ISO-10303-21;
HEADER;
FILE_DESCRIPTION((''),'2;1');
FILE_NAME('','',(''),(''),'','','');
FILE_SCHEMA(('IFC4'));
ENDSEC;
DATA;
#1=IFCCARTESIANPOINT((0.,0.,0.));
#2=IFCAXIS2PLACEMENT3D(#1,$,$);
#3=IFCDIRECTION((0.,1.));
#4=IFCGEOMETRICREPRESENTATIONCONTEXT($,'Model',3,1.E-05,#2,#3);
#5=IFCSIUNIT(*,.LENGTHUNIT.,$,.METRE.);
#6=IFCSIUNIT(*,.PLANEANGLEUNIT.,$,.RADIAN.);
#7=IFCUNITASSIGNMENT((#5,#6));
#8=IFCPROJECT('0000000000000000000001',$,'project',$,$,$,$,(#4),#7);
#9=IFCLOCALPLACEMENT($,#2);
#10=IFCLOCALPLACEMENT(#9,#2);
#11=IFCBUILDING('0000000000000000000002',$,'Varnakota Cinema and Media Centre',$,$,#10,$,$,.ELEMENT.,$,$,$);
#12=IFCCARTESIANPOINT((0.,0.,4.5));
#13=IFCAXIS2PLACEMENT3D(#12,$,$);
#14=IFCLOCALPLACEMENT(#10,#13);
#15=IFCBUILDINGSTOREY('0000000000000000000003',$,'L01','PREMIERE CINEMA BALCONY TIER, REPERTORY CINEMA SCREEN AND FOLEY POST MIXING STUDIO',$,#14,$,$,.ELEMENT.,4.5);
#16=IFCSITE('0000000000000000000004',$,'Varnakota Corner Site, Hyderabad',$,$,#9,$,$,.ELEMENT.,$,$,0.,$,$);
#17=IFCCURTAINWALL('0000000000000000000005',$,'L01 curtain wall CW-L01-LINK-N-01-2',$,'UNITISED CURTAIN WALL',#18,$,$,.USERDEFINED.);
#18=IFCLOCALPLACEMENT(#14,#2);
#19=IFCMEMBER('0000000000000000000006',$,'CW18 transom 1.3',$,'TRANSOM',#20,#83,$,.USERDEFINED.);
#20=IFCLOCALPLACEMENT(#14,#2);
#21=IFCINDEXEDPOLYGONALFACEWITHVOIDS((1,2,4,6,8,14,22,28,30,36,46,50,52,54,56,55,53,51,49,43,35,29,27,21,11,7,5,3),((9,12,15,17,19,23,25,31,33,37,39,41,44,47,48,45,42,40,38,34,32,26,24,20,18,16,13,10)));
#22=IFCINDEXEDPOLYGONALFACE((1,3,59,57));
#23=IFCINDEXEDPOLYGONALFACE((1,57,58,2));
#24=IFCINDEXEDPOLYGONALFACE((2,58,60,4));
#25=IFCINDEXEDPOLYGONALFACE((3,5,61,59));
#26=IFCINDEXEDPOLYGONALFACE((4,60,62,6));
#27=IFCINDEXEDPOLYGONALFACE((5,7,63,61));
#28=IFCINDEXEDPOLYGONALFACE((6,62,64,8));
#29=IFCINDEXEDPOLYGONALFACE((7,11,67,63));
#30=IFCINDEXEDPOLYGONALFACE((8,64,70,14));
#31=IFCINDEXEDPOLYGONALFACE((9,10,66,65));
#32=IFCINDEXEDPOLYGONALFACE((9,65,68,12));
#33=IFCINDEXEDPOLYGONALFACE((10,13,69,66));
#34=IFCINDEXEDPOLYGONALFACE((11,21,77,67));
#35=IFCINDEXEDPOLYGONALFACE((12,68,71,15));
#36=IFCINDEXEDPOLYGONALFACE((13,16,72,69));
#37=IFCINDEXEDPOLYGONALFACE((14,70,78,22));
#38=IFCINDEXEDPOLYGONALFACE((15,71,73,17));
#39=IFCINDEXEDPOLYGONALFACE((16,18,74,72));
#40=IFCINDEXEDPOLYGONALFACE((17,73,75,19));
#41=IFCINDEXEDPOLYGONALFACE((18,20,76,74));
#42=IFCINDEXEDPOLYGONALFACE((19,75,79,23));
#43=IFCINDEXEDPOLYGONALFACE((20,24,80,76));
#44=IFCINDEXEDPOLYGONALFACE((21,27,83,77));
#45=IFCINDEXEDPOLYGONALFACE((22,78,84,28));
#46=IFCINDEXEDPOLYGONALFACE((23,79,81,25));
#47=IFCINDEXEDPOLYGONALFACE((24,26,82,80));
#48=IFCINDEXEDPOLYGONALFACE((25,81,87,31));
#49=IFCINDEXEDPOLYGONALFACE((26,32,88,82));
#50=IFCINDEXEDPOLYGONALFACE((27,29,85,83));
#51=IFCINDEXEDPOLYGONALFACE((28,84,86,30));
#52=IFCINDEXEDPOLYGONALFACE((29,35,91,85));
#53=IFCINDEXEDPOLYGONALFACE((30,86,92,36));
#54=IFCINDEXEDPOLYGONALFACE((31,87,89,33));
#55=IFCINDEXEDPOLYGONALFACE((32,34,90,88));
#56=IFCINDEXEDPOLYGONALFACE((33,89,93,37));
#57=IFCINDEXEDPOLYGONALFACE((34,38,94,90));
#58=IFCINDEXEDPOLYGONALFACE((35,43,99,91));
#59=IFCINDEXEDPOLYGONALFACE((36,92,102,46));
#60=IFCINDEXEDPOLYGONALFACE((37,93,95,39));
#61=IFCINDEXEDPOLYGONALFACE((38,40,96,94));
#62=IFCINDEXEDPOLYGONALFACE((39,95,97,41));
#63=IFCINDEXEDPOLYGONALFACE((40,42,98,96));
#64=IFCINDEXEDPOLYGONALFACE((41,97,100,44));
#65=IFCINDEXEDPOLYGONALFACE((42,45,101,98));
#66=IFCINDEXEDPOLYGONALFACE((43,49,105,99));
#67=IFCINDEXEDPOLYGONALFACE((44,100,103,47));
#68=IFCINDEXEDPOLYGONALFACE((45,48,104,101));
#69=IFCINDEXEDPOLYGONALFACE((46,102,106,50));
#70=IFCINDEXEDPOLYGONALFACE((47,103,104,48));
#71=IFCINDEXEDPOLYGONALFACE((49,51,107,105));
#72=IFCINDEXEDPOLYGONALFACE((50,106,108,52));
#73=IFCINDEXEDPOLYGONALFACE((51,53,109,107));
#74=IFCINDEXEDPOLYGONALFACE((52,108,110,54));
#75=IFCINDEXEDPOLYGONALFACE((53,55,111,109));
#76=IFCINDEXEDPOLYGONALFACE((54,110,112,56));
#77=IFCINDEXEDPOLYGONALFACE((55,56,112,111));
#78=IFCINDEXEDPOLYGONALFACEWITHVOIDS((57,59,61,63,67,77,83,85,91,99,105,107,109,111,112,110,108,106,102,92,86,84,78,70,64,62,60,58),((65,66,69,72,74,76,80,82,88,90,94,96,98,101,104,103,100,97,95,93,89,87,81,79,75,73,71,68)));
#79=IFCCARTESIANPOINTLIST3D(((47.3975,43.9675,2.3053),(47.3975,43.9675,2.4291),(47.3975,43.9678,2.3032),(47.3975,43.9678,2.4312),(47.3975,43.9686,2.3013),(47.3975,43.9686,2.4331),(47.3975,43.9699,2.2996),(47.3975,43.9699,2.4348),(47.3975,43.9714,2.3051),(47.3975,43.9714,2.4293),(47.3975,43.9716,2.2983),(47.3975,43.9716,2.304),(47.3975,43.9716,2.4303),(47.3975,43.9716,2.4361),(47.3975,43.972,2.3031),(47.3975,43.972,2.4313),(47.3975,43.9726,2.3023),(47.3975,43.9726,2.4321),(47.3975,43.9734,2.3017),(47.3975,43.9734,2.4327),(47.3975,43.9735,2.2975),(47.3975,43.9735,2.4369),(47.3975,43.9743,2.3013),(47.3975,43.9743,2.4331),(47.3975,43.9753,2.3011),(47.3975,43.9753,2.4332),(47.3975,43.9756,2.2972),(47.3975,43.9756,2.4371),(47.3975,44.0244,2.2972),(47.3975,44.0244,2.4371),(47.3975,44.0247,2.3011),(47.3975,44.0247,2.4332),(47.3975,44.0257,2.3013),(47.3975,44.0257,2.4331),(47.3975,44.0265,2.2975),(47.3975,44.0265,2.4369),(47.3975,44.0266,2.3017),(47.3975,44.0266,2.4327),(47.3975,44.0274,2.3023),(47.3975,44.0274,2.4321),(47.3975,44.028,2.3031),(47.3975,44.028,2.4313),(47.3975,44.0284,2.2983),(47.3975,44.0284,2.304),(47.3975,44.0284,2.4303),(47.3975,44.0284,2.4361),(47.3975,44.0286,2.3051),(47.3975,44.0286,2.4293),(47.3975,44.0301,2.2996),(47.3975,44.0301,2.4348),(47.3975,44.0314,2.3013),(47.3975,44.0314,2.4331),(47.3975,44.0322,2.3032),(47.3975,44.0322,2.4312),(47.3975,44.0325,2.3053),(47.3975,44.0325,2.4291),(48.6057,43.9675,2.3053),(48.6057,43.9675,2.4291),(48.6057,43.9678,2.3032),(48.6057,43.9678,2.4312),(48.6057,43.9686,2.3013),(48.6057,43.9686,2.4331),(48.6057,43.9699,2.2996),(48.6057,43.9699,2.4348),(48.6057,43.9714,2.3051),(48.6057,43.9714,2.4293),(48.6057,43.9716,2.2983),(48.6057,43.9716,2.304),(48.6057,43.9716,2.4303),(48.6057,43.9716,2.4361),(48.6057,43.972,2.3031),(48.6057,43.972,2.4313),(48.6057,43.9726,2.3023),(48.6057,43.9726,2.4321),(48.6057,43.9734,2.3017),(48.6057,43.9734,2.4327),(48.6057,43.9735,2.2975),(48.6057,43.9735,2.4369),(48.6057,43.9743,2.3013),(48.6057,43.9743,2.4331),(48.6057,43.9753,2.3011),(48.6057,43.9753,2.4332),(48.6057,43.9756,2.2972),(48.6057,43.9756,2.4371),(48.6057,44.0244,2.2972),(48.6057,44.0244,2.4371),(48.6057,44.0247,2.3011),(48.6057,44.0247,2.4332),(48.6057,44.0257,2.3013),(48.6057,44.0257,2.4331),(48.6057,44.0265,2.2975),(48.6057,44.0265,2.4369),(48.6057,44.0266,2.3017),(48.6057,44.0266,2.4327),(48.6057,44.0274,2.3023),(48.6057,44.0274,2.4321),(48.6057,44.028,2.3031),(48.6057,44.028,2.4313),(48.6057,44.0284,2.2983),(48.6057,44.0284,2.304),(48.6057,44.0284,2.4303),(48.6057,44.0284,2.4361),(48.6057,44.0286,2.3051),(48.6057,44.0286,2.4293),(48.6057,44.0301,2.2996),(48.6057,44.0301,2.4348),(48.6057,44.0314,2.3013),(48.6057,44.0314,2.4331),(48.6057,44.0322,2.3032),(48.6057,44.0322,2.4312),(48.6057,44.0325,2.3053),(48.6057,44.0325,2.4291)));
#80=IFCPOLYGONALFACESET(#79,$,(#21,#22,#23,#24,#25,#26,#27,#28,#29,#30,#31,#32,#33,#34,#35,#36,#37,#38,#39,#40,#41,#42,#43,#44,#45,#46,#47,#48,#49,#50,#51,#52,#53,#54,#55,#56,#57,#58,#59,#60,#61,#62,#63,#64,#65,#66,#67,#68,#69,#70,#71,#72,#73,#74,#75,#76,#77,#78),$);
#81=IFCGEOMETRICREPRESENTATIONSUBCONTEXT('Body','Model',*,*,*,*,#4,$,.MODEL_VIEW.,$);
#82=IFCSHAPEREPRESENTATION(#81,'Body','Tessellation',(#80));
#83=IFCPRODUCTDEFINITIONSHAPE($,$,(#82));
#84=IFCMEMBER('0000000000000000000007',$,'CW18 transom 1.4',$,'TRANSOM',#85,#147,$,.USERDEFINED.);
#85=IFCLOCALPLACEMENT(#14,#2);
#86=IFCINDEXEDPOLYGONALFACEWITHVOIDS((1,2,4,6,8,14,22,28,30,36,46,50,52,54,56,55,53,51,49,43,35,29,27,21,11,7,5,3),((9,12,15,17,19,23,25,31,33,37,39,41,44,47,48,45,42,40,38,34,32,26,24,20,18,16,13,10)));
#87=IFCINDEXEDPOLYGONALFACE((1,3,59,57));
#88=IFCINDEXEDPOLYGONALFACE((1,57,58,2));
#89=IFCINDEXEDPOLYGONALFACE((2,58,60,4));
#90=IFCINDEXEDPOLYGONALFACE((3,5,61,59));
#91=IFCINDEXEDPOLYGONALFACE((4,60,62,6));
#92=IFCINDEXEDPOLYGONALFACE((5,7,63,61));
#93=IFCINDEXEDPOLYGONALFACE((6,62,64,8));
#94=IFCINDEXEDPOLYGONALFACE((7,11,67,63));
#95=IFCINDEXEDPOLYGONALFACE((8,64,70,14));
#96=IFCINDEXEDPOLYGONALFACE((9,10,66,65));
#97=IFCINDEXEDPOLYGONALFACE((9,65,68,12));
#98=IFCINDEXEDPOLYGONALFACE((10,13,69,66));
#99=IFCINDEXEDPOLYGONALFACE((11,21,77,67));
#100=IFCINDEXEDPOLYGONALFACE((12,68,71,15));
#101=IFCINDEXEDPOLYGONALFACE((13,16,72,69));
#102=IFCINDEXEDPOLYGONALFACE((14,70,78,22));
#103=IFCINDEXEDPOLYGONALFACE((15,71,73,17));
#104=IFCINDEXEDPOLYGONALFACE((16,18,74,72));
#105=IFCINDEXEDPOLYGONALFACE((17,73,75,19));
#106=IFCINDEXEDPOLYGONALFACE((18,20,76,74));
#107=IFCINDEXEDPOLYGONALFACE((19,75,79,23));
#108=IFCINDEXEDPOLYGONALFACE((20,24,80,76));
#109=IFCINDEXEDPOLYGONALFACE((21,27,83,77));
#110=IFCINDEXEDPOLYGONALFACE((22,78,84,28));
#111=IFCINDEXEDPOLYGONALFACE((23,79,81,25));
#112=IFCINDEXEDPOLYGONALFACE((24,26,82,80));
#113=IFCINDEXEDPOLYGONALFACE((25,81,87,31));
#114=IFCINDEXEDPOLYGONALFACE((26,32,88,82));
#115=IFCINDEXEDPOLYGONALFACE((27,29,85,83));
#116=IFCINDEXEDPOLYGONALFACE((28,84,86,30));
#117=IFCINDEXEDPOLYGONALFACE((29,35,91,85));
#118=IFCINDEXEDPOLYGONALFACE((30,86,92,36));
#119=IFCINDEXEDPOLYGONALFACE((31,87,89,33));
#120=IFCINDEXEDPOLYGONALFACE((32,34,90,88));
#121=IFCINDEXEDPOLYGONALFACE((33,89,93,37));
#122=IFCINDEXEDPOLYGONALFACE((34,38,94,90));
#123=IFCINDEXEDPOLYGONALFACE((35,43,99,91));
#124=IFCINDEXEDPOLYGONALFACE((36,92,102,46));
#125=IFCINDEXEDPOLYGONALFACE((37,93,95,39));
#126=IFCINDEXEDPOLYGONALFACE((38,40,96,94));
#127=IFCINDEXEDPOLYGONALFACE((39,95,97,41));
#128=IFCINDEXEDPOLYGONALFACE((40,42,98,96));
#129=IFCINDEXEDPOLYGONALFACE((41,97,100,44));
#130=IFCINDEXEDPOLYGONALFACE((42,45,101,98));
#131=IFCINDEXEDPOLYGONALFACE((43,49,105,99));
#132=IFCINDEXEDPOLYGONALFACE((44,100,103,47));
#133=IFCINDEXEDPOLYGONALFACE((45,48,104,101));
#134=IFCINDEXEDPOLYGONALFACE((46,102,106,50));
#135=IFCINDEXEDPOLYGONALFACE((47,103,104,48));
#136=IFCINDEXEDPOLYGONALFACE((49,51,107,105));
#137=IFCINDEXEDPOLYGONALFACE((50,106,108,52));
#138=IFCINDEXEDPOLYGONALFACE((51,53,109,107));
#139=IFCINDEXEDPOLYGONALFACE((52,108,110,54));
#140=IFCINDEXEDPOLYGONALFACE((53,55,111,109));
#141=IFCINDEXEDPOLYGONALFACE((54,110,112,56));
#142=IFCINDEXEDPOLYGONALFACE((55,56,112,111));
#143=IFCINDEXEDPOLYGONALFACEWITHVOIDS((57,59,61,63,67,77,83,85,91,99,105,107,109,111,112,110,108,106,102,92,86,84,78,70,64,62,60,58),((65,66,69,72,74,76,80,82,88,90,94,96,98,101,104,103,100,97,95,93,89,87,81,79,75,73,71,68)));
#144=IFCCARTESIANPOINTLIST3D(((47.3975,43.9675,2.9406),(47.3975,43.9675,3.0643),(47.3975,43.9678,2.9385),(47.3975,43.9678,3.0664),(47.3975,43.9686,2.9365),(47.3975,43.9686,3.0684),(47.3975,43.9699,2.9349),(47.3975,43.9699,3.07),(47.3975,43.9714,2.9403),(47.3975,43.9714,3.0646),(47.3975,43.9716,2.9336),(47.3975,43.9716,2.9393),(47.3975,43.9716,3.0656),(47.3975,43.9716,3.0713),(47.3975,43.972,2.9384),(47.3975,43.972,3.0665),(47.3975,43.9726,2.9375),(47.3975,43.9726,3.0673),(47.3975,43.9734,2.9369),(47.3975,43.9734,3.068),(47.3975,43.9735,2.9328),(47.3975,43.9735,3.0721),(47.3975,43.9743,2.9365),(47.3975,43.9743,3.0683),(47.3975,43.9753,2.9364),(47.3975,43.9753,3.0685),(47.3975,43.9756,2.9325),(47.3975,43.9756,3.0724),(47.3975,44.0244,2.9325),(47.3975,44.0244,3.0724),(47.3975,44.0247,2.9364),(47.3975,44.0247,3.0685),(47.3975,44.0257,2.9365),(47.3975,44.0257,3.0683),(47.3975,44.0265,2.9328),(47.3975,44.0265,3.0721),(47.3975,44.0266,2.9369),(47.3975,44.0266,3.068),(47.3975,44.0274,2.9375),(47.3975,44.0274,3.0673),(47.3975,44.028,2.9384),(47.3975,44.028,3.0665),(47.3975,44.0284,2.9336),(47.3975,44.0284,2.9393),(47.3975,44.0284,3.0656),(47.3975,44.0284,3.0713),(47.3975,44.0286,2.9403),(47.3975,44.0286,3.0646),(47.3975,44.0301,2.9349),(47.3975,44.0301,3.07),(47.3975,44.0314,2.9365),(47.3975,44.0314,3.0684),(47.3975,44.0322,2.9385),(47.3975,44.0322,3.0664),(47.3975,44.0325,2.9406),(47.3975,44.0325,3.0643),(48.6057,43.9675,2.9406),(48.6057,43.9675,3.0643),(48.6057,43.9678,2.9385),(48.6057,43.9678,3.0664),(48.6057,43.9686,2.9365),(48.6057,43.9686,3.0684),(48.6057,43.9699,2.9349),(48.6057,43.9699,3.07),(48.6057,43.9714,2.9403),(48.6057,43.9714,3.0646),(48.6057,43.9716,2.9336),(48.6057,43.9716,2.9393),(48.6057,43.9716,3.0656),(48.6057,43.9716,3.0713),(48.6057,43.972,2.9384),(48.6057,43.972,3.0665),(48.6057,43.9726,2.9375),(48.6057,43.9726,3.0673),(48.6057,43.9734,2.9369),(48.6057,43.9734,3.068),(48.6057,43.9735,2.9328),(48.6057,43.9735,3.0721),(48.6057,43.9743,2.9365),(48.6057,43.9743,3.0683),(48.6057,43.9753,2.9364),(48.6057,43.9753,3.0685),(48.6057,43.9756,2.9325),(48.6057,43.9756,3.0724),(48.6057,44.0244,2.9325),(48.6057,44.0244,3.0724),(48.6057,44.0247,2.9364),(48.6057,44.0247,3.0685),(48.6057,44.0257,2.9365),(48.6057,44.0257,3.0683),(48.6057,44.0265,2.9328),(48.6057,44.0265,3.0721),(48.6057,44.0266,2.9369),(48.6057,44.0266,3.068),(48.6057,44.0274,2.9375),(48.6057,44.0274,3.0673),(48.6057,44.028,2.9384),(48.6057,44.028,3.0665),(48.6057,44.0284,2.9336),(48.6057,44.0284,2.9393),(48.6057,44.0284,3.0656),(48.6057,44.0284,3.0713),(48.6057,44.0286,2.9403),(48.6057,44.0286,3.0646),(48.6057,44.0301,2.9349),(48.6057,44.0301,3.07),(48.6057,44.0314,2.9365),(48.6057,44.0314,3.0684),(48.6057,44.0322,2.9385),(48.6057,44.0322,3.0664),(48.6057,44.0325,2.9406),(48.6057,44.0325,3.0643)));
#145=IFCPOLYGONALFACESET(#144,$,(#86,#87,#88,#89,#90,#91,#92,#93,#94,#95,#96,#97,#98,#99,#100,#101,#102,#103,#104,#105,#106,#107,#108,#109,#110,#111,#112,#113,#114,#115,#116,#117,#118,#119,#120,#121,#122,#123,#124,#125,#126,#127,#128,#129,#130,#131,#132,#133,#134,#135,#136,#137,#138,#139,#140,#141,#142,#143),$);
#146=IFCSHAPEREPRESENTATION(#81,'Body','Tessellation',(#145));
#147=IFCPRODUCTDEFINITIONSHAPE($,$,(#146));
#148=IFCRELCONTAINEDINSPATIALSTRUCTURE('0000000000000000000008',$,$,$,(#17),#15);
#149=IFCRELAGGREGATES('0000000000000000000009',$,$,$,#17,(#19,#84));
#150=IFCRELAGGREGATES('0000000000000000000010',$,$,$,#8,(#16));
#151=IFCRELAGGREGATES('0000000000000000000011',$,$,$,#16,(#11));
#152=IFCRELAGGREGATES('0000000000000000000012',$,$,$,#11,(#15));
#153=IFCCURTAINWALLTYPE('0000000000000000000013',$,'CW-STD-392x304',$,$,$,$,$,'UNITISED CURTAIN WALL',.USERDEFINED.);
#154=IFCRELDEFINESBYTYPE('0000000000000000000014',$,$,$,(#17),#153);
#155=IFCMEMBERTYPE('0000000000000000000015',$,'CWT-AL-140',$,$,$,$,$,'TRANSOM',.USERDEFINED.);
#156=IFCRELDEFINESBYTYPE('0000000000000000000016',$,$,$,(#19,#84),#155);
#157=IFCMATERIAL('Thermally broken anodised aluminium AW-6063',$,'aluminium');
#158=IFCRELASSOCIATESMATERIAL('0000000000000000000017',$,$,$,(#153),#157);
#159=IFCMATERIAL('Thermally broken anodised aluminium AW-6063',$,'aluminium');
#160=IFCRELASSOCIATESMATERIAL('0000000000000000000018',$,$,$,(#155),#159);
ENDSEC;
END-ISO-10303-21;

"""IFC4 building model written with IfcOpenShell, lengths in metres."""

from ifc_helpers import new_model, si_unit, direction, frame, origin, origin_2d, place, context, subcontext, project, spatial, hollow_rectangle, extrude, material, material_profile, profile_set, type_object, element, aggregate, save


model = new_model("IFC4")

# Units and contexts
model_context = context("Model", 3, precision=1e-05, world=origin(), true_north=direction((0.0, 1.0)))
body_context = subcontext(model_context, "Body", "Model", "MODEL_VIEW")
ifc_project = project(units=[si_unit("LENGTHUNIT", "METRE"), si_unit("PLANEANGLEUNIT", "RADIAN")], contexts=[model_context])

# Site, building, storey
site_placement = place(None, origin())
site = spatial("IfcSite", under=ifc_project, at=site_placement, Name="Varnakota Corner Site, Hyderabad", CompositionType="ELEMENT", RefElevation=0.0)
building_placement = place(site_placement, origin())
building = spatial("IfcBuilding", under=site, at=building_placement, Name="Varnakota Cinema and Media Centre", CompositionType="ELEMENT")
storey_placement = place(building_placement, frame((0.0, 0.0, 4.5)))
storey = spatial("IfcBuildingStorey", under=building, at=storey_placement, Name="L01", Description="PREMIERE CINEMA BALCONY TIER, REPERTORY CINEMA SCREEN AND FOLEY POST MIXING STUDIO", CompositionType="ELEMENT", Elevation=4.5)

# Shared definitions
ifc_material_1 = material(Name="Thermally broken anodised aluminium AW-6063", Category="aluminium")
curtain_wall_type = type_object("IfcCurtainWallType", Name="CW-STD-392x304", ElementType="UNITISED CURTAIN WALL", PredefinedType="USERDEFINED", material=ifc_material_1)

# Curtain wall, members
curtain_wall_1_placement = place(storey_placement, origin())
curtain_wall_1 = element("IfcCurtainWall", 1, at=curtain_wall_1_placement, inside=storey, type_object=curtain_wall_type, Name="L01 curtain wall CW-L01-LINK-N-01-2", ObjectType="UNITISED CURTAIN WALL", PredefinedType="USERDEFINED")
ifc_material_2 = material(Name="Thermally broken anodised aluminium AW-6063", Category="aluminium")
ifc_material_profile_1 = material_profile(ifc_material_2, hollow_rectangle(XDim=0.0649, YDim=0.1399, WallThickness=0.0039, InnerFilletRadius=0.0039, OuterFilletRadius=0.0081, at=origin_2d()), Name="AL-TRANSOM 140x65x4")
ifc_profile_set_1 = profile_set([ifc_material_profile_1], Name="Thermally broken anodised aluminium AW-6063")
member_type_1 = type_object("IfcMemberType", Name="CWT-AL-140", ElementType="TRANSOM", PredefinedType="USERDEFINED", material=ifc_profile_set_1)
member_1_placement = place(storey_placement, frame((47.3975, 44.0, 2.3672), z_axis=(1.0, 0.0, 0.0), x_axis=(0.0, 1.0, 0.0)))
member_1 = element("IfcMember", 2, at=member_1_placement, type_object=member_type_1, Name="CW18 transom 1.3", ObjectType="TRANSOM", PredefinedType="USERDEFINED", context=body_context, shape_type="SweptSolid", body=[
    extrude(hollow_rectangle(XDim=0.0649, YDim=0.1399, WallThickness=0.0039, InnerFilletRadius=0.0039, OuterFilletRadius=0.0081, at=origin_2d()), origin(), (0.0, 0.0, 1.0), 1.2083),
])
member_2_placement = place(storey_placement, frame((47.3975, 44.0, 3.0024), z_axis=(1.0, 0.0, 0.0), x_axis=(0.0, 1.0, 0.0)))
member_2 = element("IfcMember", 3, at=member_2_placement, type_object=member_type_1, Name="CW18 transom 1.4", ObjectType="TRANSOM", PredefinedType="USERDEFINED", context=body_context, shape_type="SweptSolid", body=[
    extrude(hollow_rectangle(XDim=0.0649, YDim=0.1399, WallThickness=0.0039, InnerFilletRadius=0.0039, OuterFilletRadius=0.0081, at=origin_2d()), origin(), (0.0, 0.0, 1.0), 1.2083),
])

aggregate(curtain_wall_1, [member_1, member_2])

save(model, "model.ifc")
